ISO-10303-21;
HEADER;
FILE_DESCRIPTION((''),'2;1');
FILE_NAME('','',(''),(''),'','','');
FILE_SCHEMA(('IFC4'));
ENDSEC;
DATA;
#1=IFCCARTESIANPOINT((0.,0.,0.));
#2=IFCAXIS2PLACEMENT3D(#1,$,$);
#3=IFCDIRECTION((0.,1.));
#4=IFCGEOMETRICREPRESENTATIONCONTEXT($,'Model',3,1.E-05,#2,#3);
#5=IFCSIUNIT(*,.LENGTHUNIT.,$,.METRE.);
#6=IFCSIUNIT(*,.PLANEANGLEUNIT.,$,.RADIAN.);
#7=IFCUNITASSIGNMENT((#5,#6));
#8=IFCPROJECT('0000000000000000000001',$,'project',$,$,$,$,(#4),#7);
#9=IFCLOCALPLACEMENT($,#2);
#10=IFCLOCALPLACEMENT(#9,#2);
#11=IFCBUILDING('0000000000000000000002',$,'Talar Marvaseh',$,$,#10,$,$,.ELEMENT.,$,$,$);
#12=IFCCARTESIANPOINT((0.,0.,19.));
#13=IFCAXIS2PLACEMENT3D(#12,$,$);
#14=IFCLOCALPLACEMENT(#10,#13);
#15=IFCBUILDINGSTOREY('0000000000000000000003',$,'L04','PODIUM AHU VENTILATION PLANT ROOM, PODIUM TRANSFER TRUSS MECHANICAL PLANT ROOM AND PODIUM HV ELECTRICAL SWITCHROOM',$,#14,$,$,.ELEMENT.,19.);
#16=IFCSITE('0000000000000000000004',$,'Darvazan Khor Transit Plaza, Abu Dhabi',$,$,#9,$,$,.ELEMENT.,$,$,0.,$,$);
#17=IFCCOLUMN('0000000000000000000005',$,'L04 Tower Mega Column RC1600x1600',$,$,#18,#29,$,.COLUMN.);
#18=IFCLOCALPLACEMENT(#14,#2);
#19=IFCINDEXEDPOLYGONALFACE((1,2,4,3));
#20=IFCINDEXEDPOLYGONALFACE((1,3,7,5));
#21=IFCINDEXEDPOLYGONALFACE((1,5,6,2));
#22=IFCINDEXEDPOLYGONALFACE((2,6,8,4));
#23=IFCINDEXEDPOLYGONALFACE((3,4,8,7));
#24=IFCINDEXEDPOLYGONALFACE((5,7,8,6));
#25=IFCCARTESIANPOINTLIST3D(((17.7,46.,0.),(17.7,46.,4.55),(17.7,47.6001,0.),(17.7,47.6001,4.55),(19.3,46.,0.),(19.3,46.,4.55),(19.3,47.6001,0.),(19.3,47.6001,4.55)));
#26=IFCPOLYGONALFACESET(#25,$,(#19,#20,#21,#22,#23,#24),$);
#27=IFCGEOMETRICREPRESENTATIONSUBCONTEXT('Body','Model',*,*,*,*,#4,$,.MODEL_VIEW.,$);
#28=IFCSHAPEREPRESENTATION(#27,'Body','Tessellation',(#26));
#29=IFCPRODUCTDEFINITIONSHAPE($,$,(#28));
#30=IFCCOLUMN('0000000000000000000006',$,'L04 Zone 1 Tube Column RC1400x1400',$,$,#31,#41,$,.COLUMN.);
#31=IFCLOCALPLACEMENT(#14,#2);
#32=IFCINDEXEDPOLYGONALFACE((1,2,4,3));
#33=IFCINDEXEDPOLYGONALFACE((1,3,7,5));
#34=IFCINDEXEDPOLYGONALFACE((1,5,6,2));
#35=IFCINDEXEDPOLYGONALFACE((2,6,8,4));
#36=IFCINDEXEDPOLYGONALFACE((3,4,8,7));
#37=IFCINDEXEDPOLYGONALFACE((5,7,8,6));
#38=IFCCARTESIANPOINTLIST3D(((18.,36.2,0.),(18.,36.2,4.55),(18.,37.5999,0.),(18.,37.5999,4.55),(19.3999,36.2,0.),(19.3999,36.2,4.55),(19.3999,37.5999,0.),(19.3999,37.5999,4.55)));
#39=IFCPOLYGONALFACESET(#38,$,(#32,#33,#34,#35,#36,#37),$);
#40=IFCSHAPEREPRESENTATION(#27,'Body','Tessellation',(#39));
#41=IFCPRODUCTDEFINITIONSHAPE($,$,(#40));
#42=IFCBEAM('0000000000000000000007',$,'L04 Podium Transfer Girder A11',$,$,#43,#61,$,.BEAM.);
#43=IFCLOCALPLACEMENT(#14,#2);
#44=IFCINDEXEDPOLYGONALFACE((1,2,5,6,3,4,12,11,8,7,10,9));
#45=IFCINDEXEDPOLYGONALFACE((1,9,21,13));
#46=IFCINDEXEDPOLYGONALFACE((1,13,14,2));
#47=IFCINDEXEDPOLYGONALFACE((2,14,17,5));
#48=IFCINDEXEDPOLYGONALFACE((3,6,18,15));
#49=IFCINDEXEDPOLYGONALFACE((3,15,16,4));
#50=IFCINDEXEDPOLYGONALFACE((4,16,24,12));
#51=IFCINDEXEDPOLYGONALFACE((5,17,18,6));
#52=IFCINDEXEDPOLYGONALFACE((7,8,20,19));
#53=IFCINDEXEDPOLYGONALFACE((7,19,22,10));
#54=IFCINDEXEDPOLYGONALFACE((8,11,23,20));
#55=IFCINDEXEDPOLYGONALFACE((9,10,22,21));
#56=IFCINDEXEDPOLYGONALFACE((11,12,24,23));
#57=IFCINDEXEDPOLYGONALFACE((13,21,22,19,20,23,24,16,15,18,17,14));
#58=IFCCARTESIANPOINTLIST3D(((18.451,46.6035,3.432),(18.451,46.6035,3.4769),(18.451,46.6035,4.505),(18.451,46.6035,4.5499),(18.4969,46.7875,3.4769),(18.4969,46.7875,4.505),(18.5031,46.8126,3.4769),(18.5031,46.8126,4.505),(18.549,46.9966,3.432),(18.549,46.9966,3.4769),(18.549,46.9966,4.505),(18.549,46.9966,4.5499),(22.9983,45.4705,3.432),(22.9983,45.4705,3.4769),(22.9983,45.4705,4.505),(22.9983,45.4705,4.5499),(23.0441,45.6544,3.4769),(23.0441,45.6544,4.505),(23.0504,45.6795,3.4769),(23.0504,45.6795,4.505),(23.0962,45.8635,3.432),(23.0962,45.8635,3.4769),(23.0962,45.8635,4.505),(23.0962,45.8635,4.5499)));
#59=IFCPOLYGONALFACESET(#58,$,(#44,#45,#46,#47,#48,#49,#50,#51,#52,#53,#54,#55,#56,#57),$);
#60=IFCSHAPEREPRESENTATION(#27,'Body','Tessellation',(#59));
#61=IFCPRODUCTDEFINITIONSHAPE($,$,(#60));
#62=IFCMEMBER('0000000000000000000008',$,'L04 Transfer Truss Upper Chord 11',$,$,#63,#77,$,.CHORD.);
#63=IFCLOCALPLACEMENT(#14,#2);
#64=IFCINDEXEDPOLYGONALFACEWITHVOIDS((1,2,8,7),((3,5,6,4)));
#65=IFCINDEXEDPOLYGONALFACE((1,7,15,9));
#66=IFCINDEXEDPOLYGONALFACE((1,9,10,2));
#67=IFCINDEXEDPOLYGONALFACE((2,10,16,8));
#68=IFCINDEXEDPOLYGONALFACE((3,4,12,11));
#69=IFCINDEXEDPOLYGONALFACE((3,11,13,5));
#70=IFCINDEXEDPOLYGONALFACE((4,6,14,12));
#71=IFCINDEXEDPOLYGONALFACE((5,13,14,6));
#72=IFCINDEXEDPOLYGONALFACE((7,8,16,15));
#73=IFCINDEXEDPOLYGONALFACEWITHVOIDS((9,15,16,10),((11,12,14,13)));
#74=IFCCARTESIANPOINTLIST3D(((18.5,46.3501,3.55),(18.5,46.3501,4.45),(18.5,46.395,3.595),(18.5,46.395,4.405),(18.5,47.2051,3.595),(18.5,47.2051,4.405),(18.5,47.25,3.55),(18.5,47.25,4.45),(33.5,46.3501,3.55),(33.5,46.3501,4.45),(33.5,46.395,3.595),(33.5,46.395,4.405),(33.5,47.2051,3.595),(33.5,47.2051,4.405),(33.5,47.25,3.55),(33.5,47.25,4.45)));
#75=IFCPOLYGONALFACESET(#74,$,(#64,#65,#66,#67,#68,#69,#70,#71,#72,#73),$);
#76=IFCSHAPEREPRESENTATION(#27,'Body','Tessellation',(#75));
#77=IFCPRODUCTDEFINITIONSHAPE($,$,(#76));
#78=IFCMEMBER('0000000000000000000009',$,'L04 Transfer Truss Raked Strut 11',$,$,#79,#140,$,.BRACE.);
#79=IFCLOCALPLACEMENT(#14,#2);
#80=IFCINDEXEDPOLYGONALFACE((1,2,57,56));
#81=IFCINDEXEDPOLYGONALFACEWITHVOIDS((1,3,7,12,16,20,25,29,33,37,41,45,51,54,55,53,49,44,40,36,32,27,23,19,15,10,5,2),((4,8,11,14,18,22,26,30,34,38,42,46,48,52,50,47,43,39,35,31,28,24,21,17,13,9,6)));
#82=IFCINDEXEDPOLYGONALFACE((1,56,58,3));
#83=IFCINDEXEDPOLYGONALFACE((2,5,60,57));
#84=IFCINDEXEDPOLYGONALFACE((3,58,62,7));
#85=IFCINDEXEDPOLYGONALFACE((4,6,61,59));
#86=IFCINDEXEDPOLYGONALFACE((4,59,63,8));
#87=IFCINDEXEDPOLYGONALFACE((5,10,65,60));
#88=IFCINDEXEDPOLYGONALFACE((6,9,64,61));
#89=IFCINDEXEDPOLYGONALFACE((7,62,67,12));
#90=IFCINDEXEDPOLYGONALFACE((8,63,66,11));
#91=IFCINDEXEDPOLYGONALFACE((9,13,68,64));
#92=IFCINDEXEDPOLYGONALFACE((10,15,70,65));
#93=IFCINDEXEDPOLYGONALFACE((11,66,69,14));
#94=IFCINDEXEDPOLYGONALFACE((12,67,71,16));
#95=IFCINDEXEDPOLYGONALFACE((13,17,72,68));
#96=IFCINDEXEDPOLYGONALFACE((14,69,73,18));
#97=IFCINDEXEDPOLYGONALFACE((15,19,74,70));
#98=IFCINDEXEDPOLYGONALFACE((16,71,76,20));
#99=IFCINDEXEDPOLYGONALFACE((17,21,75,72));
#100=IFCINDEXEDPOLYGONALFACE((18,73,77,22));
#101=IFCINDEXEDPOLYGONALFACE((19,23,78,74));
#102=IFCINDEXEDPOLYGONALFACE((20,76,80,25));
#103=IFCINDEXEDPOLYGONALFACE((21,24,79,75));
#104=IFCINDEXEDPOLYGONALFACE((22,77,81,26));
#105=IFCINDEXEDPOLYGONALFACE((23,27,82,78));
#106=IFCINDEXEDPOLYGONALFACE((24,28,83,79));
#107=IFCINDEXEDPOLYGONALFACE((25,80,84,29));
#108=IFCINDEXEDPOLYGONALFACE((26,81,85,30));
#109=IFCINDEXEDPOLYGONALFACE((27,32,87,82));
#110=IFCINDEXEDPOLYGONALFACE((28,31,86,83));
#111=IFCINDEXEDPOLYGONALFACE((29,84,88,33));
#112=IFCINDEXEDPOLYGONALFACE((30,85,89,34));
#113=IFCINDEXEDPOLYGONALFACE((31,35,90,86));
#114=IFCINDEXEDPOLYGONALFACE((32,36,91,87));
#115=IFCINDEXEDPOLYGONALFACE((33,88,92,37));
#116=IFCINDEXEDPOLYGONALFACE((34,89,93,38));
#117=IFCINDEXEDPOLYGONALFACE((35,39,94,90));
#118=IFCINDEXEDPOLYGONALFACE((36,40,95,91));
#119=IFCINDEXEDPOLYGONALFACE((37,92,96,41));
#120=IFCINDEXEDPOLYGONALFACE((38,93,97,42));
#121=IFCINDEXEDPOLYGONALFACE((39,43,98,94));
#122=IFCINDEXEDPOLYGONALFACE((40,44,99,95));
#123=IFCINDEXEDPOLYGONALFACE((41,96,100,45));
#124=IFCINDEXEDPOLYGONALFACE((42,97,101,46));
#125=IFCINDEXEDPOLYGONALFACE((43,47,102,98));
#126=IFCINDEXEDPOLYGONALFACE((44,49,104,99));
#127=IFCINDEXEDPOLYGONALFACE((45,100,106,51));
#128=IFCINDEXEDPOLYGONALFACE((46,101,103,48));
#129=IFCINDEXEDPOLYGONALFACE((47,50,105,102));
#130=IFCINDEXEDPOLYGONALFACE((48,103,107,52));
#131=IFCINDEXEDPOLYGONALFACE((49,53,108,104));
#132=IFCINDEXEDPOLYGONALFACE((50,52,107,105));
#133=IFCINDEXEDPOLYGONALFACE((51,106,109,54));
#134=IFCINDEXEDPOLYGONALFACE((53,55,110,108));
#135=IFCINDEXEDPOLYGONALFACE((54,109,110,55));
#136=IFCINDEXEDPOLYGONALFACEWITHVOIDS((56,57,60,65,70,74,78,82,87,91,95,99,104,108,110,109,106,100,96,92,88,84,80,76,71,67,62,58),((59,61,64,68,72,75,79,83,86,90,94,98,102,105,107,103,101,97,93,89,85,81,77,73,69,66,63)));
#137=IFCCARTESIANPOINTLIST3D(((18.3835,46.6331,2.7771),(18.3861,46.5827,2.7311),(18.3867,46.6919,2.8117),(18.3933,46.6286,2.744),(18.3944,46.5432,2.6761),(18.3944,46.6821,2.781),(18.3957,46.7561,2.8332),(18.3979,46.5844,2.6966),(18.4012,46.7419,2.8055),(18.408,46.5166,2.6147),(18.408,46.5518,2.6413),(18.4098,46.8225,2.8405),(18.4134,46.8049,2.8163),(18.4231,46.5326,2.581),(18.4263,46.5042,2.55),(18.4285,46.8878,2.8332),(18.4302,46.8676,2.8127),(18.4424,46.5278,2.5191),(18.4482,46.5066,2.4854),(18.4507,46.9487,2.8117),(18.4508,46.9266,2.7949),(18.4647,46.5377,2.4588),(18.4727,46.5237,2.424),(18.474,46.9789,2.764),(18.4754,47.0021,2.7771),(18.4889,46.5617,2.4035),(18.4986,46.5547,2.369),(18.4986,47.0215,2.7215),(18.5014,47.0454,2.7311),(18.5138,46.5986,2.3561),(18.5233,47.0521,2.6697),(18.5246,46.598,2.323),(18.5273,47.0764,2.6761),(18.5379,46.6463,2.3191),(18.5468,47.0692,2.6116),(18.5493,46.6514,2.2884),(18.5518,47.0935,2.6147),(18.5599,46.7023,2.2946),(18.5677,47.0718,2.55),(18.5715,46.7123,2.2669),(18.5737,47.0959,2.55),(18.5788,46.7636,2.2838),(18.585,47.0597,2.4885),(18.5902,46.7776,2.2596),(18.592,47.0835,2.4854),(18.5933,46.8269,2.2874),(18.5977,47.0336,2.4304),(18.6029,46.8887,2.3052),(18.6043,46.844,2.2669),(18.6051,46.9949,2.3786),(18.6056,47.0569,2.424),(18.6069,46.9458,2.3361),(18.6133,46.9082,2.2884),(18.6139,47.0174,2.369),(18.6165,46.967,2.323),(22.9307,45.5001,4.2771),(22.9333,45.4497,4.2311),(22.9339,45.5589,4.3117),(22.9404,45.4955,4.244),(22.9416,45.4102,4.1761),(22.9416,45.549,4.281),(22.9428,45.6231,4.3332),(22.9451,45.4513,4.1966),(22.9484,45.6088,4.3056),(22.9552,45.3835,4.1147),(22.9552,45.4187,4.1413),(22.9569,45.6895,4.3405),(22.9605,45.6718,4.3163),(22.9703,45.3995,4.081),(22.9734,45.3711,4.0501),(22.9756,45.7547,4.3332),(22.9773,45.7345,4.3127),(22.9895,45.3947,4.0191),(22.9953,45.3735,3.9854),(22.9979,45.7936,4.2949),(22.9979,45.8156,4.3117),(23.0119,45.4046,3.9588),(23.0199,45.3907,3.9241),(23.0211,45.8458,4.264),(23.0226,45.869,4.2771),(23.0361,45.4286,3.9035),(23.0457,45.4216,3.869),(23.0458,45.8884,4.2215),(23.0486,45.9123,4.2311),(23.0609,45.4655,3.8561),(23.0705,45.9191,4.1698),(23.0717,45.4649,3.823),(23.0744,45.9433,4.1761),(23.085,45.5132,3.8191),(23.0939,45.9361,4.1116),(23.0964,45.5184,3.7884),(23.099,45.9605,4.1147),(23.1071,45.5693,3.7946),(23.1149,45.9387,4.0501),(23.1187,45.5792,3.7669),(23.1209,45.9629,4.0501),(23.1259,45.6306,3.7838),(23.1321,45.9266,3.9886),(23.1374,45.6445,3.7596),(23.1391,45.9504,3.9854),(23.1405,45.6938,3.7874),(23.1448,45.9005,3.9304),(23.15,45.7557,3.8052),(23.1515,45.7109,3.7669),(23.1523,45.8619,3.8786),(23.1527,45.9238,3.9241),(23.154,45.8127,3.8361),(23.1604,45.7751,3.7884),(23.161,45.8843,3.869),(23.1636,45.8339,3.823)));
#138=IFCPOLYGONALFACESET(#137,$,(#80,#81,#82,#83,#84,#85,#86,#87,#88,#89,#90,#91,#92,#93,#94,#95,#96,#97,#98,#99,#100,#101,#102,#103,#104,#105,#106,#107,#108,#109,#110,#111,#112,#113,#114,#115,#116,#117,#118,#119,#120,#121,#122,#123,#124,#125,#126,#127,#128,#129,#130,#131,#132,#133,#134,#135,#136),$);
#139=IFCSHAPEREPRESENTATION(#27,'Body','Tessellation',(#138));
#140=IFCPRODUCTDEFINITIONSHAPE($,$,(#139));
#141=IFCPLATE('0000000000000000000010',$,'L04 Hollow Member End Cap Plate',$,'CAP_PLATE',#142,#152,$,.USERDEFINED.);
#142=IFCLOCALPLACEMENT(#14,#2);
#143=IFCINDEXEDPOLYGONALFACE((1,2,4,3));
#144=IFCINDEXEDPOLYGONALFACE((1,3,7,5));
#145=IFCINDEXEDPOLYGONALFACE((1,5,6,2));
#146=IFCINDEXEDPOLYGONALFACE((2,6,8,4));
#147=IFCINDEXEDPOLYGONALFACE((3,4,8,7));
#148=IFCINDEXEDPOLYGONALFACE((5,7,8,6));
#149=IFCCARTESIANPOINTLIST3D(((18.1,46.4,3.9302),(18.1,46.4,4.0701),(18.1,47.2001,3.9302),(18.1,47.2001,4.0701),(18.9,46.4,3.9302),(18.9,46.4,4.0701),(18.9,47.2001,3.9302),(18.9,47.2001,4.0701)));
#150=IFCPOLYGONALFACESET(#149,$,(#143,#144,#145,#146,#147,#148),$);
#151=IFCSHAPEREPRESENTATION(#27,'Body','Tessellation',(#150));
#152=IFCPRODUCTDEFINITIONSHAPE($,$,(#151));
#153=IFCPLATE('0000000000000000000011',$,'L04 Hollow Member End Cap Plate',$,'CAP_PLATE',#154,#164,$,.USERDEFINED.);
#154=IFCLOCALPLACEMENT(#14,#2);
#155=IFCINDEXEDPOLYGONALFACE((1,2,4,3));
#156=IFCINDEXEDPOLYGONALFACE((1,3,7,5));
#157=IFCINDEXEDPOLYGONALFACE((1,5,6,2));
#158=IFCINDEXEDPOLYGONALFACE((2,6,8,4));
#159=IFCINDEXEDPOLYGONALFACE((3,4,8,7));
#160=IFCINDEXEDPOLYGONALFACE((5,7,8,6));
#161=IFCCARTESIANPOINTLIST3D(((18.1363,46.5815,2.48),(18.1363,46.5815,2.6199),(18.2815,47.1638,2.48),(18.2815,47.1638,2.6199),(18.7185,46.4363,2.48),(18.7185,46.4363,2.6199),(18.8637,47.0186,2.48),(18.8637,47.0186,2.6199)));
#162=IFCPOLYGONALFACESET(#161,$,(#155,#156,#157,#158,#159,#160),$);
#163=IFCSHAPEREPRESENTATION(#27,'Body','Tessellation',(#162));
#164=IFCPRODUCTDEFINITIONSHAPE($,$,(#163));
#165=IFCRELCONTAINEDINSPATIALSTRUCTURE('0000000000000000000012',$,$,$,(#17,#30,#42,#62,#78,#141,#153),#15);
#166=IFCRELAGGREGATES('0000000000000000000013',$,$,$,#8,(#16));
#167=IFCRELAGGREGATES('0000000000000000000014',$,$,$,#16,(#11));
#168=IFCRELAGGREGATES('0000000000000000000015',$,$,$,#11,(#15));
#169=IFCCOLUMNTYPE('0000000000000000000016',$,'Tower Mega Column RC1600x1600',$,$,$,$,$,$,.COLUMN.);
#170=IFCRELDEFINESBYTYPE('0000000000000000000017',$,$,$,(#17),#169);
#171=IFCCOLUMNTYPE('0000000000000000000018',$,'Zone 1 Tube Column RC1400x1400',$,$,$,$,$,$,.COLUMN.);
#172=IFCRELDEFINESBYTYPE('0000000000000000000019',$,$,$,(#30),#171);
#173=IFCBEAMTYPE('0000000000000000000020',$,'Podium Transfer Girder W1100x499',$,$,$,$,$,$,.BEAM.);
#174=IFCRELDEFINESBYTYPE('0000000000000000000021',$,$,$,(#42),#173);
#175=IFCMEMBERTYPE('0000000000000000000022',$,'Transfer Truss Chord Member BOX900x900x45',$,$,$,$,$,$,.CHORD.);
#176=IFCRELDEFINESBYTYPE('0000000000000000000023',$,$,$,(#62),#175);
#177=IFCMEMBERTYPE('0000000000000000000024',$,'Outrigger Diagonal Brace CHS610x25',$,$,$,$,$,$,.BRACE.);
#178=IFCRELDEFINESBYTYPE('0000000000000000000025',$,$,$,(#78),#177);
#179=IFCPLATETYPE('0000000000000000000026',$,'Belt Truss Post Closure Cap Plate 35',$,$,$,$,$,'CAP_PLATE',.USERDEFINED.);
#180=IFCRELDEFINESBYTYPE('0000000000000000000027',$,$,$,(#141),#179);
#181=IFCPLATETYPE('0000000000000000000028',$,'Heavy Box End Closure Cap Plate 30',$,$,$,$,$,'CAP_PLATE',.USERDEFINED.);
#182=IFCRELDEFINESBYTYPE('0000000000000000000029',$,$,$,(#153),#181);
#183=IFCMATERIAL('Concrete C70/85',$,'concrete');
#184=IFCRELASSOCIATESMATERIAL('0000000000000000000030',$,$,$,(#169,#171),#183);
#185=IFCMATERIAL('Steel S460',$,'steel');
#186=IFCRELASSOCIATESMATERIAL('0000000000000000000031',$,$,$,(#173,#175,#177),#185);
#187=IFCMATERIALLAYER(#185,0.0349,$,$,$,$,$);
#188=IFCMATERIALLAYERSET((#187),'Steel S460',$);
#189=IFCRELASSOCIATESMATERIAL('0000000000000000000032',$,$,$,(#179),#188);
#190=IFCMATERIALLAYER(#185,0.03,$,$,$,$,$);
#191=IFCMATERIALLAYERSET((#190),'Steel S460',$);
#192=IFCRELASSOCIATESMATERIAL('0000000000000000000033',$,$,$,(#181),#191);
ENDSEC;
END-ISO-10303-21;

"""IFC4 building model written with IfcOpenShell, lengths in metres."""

from ifc_helpers import new_model, si_unit, direction, frame, origin, origin_2d, place, context, subcontext, project, spatial, rectangle, hollow_rectangle, hollow_circle, i_section, extrude, source, transform, mapped, material, layer, layer_set, material_profile, profile_set, type_object, type_shapes, element, save


model = new_model("IFC4")

# Units and contexts
model_context = context("Model", 3, precision=1e-05, world=origin(), true_north=direction((0.0, 1.0)))
body_context = subcontext(model_context, "Body", "Model", "MODEL_VIEW")
ifc_project = project(units=[si_unit("LENGTHUNIT", "METRE"), si_unit("PLANEANGLEUNIT", "RADIAN")], contexts=[model_context])

# Site, building, storey
site_placement = place(None, origin())
site = spatial("IfcSite", under=ifc_project, at=site_placement, Name="Darvazan Khor Transit Plaza, Abu Dhabi", CompositionType="ELEMENT", RefElevation=0.0)
building_placement = place(site_placement, origin())
building = spatial("IfcBuilding", under=site, at=building_placement, Name="Talar Marvaseh", CompositionType="ELEMENT")
storey_placement = place(building_placement, frame((0.0, 0.0, 19.0)))
storey = spatial("IfcBuildingStorey", under=building, at=storey_placement, Name="L04", Description="PODIUM AHU VENTILATION PLANT ROOM, PODIUM TRANSFER TRUSS MECHANICAL PLANT ROOM AND PODIUM HV ELECTRICAL SWITCHROOM", CompositionType="ELEMENT", Elevation=19.0)

# Columns
ifc_material_1 = material(Name="Concrete C70/85", Category="concrete")
ifc_material_profile_1 = material_profile(ifc_material_1, rectangle(XDim=1.6001, YDim=1.6001, at=origin_2d()), Name="RC1600x1600")
ifc_profile_set_1 = profile_set([ifc_material_profile_1], Name="Concrete C70/85")
column_type_1 = type_object("IfcColumnType", Name="Tower Mega Column RC1600x1600", PredefinedType="COLUMN", material=ifc_profile_set_1)
column_1_placement = place(storey_placement, frame((18.5, 46.8, 0.0), z_axis=(0.0, 0.0, 1.0), x_axis=(1.0, 0.0, 0.0)))
element("IfcColumn", 1, at=column_1_placement, inside=storey, type_object=column_type_1, Name="L04 Tower Mega Column RC1600x1600", PredefinedType="COLUMN", context=body_context, shape_type="SweptSolid", body=[
    extrude(rectangle(XDim=1.6001, YDim=1.6001, at=origin_2d()), origin(), (0.0, 0.0, 1.0), 4.55),
])
ifc_material_profile_2 = material_profile(ifc_material_1, rectangle(XDim=1.3999, YDim=1.3999, at=origin_2d()), Name="RC1400x1400")
ifc_profile_set_2 = profile_set([ifc_material_profile_2], Name="Concrete C70/85")
column_type_2 = type_object("IfcColumnType", Name="Zone 1 Tube Column RC1400x1400", PredefinedType="COLUMN", material=ifc_profile_set_2)
column_2_placement = place(storey_placement, frame((18.7, 36.8999, 0.0), z_axis=(0.0, 0.0, 1.0), x_axis=(1.0, 0.0, 0.0)))
element("IfcColumn", 2, at=column_2_placement, inside=storey, type_object=column_type_2, Name="L04 Zone 1 Tube Column RC1400x1400", PredefinedType="COLUMN", context=body_context, shape_type="SweptSolid", body=[
    extrude(rectangle(XDim=1.3999, YDim=1.3999, at=origin_2d()), origin(), (0.0, 0.0, 1.0), 4.55),
])

# Beam
ifc_material_2 = material(Name="Steel S460", Category="steel")
ifc_material_profile_3 = material_profile(ifc_material_2, i_section(OverallWidth=0.405, OverallDepth=1.1179, WebThickness=0.0259, FlangeThickness=0.0449, at=origin_2d()), Name="W1100x499")
ifc_profile_set_3 = profile_set([ifc_material_profile_3], Name="Steel S460")
beam_type = type_object("IfcBeamType", Name="Podium Transfer Girder W1100x499", PredefinedType="BEAM", material=ifc_profile_set_3)
beam_placement = place(storey_placement, frame((18.5, 46.8, 3.991), z_axis=(0.970329, -0.241788, 0.0), x_axis=(0.241788, 0.970329, 0.0)))
element("IfcBeam", 3, at=beam_placement, inside=storey, type_object=beam_type, Name="L04 Podium Transfer Girder A11", PredefinedType="BEAM", context=body_context, shape_type="SweptSolid", body=[
    extrude(i_section(OverallWidth=0.405, OverallDepth=1.1179, WebThickness=0.0259, FlangeThickness=0.0449, at=origin_2d()), origin(), (0.0, 0.0, 1.0), 4.6863),
])

# Members
ifc_material_profile_4 = material_profile(ifc_material_2, hollow_rectangle(XDim=0.8999, YDim=0.8999, WallThickness=0.0449, at=origin_2d()), Name="BOX900x900x45")
ifc_profile_set_4 = profile_set([ifc_material_profile_4], Name="Steel S460")
member_type_1 = type_object("IfcMemberType", Name="Transfer Truss Chord Member BOX900x900x45", PredefinedType="CHORD", material=ifc_profile_set_4)
shared_shape_1 = source(origin(), body_context, "Body", "SweptSolid", [
    extrude(hollow_rectangle(XDim=0.8999, YDim=0.8999, WallThickness=0.0449, at=origin_2d()), origin(), (0.0, 0.0, 1.0), 15.0),
])
type_shapes(member_type_1, [shared_shape_1])
member_1_placement = place(storey_placement, frame((18.5, 46.8, 4.0), z_axis=(1.0, 0.0, 0.0), x_axis=(0.0, 1.0, 0.0)))
element("IfcMember", 4, at=member_1_placement, inside=storey, type_object=member_type_1, Name="L04 Transfer Truss Upper Chord 11", PredefinedType="CHORD", context=body_context, shape_type="MappedRepresentation", body=[
    mapped(shared_shape_1, transform((0.0, 0.0, 0.0), x_axis=(1.0, 0.0, 0.0), y_axis=(0.0, 1.0, 0.0), z_axis=(0.0, 0.0, 1.0), scale=1.0)),
])
ifc_material_profile_5 = material_profile(ifc_material_2, hollow_circle(Radius=0.3049, WallThickness=0.0249, at=origin_2d()), Name="CHS610x25")
ifc_profile_set_5 = profile_set([ifc_material_profile_5], Name="Steel S460")
member_type_2 = type_object("IfcMemberType", Name="Outrigger Diagonal Brace CHS610x25", PredefinedType="BRACE", material=ifc_profile_set_5)
shared_shape_2 = source(origin(), body_context, "Body", "SweptSolid", [
    extrude(hollow_circle(Radius=0.3049, WallThickness=0.0249, at=origin_2d()), origin(), (0.0, 0.0, 1.0), 4.9204),
])
type_shapes(member_type_2, [shared_shape_2])
member_2_placement = place(storey_placement, frame((18.5, 46.8, 2.55), z_axis=(0.92414, -0.230278, 0.304855), x_axis=(0.241788, 0.970329, 0.0)))
element("IfcMember", 5, at=member_2_placement, inside=storey, type_object=member_type_2, Name="L04 Transfer Truss Raked Strut 11", PredefinedType="BRACE", context=body_context, shape_type="MappedRepresentation", body=[
    mapped(shared_shape_2, transform((0.0, 0.0, 0.0), x_axis=(1.0, 0.0, 0.0), y_axis=(0.0, 1.0, 0.0), z_axis=(0.0, 0.0, 1.0), scale=1.0)),
])

# Plates
ifc_layer_1 = layer(ifc_material_2, 0.0349)
ifc_layer_set_1 = layer_set([ifc_layer_1], Name="Steel S460")
plate_type_1 = type_object("IfcPlateType", Name="Belt Truss Post Closure Cap Plate 35", ElementType="CAP_PLATE", PredefinedType="USERDEFINED", material=ifc_layer_set_1)
shared_shape_3 = source(origin(), body_context, "Body", "SweptSolid", [
    extrude(rectangle(XDim=0.8, YDim=0.8, at=origin_2d()), origin(), (0.0, 0.0, 1.0), 0.1399),
])
plate_1_placement = place(storey_placement, frame((18.5, 46.8, 3.9302), z_axis=(0.0, 0.0, 1.0), x_axis=(1.0, 0.0, 0.0)))
element("IfcPlate", 6, at=plate_1_placement, inside=storey, type_object=plate_type_1, Name="L04 Hollow Member End Cap Plate", ObjectType="CAP_PLATE", PredefinedType="USERDEFINED", context=body_context, shape_type="MappedRepresentation", body=[
    mapped(shared_shape_3, transform((0.0, 0.0, 0.0), x_axis=(1.0, 0.0, 0.0), y_axis=(0.0, 1.0, 0.0), z_axis=(0.0, 0.0, 1.0), scale=1.0)),
])
ifc_layer_2 = layer(ifc_material_2, 0.03)
ifc_layer_set_2 = layer_set([ifc_layer_2], Name="Steel S460")
plate_type_2 = type_object("IfcPlateType", Name="Heavy Box End Closure Cap Plate 30", ElementType="CAP_PLATE", PredefinedType="USERDEFINED", material=ifc_layer_set_2)
shared_shape_4 = source(origin(), body_context, "Body", "SweptSolid", [
    extrude(rectangle(XDim=0.6001, YDim=0.6001, at=origin_2d()), origin(), (0.0, 0.0, 1.0), 0.1399),
])
type_shapes(plate_type_2, [shared_shape_4])
plate_2_placement = place(storey_placement, frame((18.5, 46.8, 2.48), z_axis=(0.0, 0.0, 1.0), x_axis=(0.970296, -0.241922, 0.0)))
element("IfcPlate", 7, at=plate_2_placement, inside=storey, type_object=plate_type_2, Name="L04 Hollow Member End Cap Plate", ObjectType="CAP_PLATE", PredefinedType="USERDEFINED", context=body_context, shape_type="MappedRepresentation", body=[
    mapped(shared_shape_4, transform((0.0, 0.0, 0.0), x_axis=(1.0, 0.0, 0.0), y_axis=(0.0, 1.0, 0.0), z_axis=(0.0, 0.0, 1.0), scale=1.0)),
])

save(model, "model.ifc")
